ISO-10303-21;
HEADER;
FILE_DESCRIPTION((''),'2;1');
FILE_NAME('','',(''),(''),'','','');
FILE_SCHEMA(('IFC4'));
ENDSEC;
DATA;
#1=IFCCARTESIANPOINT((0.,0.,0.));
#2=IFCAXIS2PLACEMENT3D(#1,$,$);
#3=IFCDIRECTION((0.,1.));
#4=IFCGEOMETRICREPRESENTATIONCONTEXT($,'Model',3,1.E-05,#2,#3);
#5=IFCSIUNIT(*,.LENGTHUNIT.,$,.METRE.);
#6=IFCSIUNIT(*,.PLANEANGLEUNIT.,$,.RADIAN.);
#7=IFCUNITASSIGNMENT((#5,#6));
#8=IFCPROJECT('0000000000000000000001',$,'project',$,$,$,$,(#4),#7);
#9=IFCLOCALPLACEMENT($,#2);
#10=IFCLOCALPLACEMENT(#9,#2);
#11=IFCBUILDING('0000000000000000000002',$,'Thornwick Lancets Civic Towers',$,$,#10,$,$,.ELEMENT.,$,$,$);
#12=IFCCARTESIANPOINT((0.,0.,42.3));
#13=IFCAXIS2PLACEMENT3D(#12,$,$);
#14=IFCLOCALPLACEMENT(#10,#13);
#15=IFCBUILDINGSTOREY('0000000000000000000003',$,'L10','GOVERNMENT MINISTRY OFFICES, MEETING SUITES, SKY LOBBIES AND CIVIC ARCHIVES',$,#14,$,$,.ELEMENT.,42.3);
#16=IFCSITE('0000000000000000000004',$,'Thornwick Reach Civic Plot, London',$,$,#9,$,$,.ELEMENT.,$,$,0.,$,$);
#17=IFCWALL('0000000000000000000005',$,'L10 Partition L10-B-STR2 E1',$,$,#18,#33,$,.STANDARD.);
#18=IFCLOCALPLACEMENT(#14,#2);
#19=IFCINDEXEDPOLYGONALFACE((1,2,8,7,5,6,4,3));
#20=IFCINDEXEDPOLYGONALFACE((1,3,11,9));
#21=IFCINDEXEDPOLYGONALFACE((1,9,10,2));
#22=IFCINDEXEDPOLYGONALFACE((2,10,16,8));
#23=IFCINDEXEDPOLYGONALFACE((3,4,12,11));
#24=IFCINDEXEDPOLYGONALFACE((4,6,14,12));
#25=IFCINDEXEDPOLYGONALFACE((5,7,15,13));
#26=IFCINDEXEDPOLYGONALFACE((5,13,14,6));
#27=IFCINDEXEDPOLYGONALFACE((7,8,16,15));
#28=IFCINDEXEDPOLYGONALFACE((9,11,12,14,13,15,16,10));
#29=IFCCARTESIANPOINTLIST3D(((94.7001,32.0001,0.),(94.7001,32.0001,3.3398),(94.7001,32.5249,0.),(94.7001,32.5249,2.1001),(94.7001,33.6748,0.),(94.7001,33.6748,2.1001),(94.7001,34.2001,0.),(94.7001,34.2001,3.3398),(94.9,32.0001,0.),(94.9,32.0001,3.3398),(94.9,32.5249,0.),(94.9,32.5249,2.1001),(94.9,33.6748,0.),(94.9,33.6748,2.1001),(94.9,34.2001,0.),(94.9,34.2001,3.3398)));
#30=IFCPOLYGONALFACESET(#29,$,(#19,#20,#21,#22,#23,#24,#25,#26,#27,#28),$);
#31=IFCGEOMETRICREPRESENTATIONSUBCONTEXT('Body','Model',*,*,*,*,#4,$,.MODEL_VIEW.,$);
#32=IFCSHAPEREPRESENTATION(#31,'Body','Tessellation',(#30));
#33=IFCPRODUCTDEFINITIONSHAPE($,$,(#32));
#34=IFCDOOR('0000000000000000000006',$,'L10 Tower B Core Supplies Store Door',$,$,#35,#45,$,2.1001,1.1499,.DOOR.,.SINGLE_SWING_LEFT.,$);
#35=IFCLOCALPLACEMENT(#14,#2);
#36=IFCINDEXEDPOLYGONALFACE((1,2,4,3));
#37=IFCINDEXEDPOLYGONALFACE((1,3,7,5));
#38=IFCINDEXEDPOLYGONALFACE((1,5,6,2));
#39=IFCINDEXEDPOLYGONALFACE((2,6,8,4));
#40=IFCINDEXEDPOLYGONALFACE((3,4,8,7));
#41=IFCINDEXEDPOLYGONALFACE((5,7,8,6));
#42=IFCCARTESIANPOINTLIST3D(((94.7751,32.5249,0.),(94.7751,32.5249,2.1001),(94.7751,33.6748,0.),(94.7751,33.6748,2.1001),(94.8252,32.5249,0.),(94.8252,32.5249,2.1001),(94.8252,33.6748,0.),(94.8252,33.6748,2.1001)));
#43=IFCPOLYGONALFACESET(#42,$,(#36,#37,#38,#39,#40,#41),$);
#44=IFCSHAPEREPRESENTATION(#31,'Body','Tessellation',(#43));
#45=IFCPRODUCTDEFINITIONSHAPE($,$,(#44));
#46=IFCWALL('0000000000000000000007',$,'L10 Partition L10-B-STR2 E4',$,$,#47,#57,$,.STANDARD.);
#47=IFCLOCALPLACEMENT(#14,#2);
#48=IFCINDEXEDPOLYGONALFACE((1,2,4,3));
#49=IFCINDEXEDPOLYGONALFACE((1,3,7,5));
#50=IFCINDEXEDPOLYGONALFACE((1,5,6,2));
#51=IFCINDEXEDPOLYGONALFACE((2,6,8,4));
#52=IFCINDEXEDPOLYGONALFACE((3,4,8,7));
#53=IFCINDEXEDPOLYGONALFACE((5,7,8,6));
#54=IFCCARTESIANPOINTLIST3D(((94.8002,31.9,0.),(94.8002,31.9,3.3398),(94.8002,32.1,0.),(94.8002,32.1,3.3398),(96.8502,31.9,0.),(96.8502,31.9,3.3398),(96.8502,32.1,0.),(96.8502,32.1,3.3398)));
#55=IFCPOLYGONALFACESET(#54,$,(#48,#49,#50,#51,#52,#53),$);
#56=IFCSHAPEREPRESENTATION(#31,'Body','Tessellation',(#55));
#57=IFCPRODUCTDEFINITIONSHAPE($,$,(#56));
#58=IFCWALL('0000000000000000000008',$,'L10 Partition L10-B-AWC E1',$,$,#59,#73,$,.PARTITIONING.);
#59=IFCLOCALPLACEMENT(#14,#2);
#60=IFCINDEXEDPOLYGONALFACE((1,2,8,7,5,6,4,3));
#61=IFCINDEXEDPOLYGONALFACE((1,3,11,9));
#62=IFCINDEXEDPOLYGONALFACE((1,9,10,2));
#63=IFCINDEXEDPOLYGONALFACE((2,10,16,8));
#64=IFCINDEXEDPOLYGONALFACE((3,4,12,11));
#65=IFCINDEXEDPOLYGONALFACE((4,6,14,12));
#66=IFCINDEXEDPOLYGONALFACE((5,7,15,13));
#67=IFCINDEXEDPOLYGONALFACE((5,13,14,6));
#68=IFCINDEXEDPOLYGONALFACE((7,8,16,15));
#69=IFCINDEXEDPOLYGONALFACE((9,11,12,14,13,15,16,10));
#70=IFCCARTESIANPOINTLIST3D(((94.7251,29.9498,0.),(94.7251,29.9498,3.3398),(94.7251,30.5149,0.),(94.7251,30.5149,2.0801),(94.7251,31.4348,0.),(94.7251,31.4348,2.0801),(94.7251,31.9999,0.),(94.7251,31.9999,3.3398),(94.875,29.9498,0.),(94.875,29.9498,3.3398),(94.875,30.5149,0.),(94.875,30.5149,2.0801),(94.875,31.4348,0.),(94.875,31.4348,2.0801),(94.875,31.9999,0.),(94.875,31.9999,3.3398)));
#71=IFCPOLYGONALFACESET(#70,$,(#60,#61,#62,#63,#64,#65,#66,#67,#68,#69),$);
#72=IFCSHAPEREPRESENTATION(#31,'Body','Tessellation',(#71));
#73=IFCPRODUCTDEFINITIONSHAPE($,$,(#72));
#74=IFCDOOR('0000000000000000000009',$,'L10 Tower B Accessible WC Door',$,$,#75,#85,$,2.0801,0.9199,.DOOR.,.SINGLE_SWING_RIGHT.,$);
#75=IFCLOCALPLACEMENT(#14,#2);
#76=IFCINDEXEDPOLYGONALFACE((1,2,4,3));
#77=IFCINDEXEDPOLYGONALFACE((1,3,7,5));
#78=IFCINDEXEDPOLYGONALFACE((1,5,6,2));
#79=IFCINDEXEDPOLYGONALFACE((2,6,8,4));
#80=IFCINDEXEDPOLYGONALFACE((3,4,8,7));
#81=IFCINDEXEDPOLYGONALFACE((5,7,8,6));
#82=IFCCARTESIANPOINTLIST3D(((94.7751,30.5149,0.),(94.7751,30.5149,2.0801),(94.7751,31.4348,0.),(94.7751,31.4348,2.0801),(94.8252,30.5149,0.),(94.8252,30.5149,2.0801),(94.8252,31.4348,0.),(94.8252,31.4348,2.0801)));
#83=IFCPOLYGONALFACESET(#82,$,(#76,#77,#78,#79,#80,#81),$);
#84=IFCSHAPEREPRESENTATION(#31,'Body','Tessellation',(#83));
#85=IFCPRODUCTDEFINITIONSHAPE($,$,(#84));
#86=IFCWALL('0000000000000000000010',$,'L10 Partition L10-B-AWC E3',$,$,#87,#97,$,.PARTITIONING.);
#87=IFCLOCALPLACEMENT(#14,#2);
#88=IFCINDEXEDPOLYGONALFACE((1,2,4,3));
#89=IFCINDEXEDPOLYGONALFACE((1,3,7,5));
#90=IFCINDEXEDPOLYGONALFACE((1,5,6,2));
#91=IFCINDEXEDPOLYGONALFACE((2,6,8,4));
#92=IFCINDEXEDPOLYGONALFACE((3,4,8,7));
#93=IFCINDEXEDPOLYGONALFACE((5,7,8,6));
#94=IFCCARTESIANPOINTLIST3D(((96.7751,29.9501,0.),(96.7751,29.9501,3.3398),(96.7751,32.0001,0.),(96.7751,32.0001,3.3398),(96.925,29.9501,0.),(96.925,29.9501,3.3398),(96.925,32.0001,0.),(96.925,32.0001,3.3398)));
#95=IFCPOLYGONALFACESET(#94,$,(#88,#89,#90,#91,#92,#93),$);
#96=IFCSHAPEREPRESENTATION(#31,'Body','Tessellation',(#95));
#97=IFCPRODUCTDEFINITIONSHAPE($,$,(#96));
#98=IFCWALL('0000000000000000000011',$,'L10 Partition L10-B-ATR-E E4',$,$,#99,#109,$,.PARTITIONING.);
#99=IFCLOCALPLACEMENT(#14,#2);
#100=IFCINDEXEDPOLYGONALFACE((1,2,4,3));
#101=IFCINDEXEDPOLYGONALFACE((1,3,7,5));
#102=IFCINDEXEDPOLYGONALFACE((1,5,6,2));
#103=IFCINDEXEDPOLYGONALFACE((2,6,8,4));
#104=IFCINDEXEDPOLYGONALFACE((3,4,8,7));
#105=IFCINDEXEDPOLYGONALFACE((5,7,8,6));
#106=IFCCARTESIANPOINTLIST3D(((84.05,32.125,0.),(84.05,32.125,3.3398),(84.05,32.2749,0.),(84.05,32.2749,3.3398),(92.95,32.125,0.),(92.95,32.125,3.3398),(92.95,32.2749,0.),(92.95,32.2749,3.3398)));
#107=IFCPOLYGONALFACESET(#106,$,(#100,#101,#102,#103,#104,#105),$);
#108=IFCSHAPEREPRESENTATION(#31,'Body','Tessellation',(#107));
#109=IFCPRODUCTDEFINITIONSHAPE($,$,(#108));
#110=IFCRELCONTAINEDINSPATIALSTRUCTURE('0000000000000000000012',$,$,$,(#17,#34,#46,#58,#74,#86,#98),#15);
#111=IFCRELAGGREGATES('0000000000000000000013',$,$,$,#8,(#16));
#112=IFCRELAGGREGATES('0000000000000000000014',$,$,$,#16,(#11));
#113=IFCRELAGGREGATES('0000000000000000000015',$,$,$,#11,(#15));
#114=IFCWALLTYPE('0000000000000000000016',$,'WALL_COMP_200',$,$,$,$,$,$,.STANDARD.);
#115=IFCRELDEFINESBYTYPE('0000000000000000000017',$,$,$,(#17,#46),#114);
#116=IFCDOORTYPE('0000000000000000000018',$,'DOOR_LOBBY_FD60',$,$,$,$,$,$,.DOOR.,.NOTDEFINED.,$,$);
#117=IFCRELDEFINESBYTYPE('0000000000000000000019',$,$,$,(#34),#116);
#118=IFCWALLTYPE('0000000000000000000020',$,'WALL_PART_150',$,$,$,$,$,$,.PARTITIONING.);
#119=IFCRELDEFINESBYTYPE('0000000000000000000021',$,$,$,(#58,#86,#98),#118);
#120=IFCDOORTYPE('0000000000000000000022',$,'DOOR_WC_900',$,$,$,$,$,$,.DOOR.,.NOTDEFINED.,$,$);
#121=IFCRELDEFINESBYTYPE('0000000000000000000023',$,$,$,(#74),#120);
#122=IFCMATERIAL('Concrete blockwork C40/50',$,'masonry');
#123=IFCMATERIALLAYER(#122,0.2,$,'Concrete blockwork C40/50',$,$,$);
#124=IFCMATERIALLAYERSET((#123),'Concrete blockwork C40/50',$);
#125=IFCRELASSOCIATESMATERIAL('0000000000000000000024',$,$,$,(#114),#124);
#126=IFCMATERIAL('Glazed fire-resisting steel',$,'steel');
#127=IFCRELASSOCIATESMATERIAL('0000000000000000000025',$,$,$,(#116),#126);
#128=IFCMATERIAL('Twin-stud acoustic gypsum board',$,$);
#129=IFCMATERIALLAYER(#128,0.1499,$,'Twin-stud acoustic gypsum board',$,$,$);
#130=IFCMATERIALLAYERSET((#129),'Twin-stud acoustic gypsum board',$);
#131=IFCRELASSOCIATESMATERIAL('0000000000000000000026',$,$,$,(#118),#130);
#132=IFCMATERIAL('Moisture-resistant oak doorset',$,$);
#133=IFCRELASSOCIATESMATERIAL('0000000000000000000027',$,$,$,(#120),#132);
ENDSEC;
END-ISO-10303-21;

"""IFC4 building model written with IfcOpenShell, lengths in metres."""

from ifc_helpers import new_model, si_unit, direction, frame, frame_2d, origin, place, context, subcontext, project, spatial, rectangle, extrude, material, layer, layer_set, type_object, element, fill, save


model = new_model("IFC4")

# Units and contexts
model_context = context("Model", 3, precision=1e-05, world=origin(), true_north=direction((0.0, 1.0)))
body_context = subcontext(model_context, "Body", "Model", "MODEL_VIEW")
ifc_project = project(units=[si_unit("LENGTHUNIT", "METRE"), si_unit("PLANEANGLEUNIT", "RADIAN")], contexts=[model_context])

# Site, building, storey
site_placement = place(None, origin())
site = spatial("IfcSite", under=ifc_project, at=site_placement, Name="Thornwick Reach Civic Plot, London", CompositionType="ELEMENT", RefElevation=0.0)
building_placement = place(site_placement, origin())
building = spatial("IfcBuilding", under=site, at=building_placement, Name="Thornwick Lancets Civic Towers", CompositionType="ELEMENT")
storey_placement = place(building_placement, frame((0.0, 0.0, 42.3)))
storey = spatial("IfcBuildingStorey", under=building, at=storey_placement, Name="L10", Description="GOVERNMENT MINISTRY OFFICES, MEETING SUITES, SKY LOBBIES AND CIVIC ARCHIVES", CompositionType="ELEMENT", Elevation=42.3)

# Shared definitions
ifc_material_1 = material(Name="Concrete blockwork C40/50", Category="masonry")
ifc_layer_1 = layer(ifc_material_1, 0.2, Name="Concrete blockwork C40/50")
ifc_layer_set_1 = layer_set([ifc_layer_1], Name="Concrete blockwork C40/50")
wall_type_1 = type_object("IfcWallType", Name="WALL_COMP_200", PredefinedType="STANDARD", material=ifc_layer_set_1)

# Wall, opening, door
wall_1_placement = place(storey_placement, frame((94.8, 32.0, 0.0), z_axis=(0.0, 0.0, 1.0), x_axis=(0.0, 1.0, 0.0)))
wall_1 = element("IfcWall", 1, at=wall_1_placement, inside=storey, type_object=wall_type_1, Name="L10 Partition L10-B-STR2 E1", PredefinedType="STANDARD", context=body_context, shape_type="SweptSolid", body=[
    extrude(rectangle(XDim=2.2, YDim=0.2, at=frame_2d((1.1001, 0.0))), origin(), (0.0, 0.0, 1.0), 3.3398),
])
opening_1_placement = place(wall_1_placement, frame((0.5249, 0.0, 0.0)))
opening_1 = element("IfcOpeningElement", 2, at=opening_1_placement, cuts=wall_1, PredefinedType="OPENING", context=body_context, shape_type="SweptSolid", body=[
    extrude(rectangle(XDim=1.1499, YDim=2.1001, at=frame_2d((0.575, 1.05))), frame((0.0, 0.1099, 0.0), z_axis=(0.0, -1.0, 0.0), x_axis=(1.0, 0.0, 0.0)), (0.0, 0.0, 1.0), 0.22),
])
ifc_material_2 = material(Name="Glazed fire-resisting steel", Category="steel")
door_type_1 = type_object("IfcDoorType", Name="DOOR_LOBBY_FD60", OperationType="NOTDEFINED", PredefinedType="DOOR", material=ifc_material_2)
door_1_placement = place(opening_1_placement, origin())
door_1 = element("IfcDoor", 3, at=door_1_placement, inside=storey, type_object=door_type_1, Name="L10 Tower B Core Supplies Store Door", OperationType="SINGLE_SWING_LEFT", OverallHeight=2.1001, OverallWidth=1.1499, PredefinedType="DOOR", context=body_context, shape_type="SweptSolid", body=[
    extrude(rectangle(XDim=1.1499, YDim=2.1001, at=frame_2d((0.575, 1.05))), frame((0.0, 0.0249, 0.0), z_axis=(0.0, -1.0, 0.0), x_axis=(1.0, 0.0, 0.0)), (0.0, 0.0, 1.0), 0.05),
])
fill(opening_1, door_1)

# Wall
wall_2_placement = place(storey_placement, frame((96.8501, 32.0, 0.0), z_axis=(0.0, 0.0, 1.0), x_axis=(-1.0, 0.0, 0.0)))
element("IfcWall", 4, at=wall_2_placement, inside=storey, type_object=wall_type_1, Name="L10 Partition L10-B-STR2 E4", PredefinedType="STANDARD", context=body_context, shape_type="SweptSolid", body=[
    extrude(rectangle(XDim=2.05, YDim=0.2, at=frame_2d((1.0249, 0.0))), origin(), (0.0, 0.0, 1.0), 3.3398),
])

# Wall, opening, door
ifc_material_3 = material(Name="Twin-stud acoustic gypsum board")
ifc_layer_2 = layer(ifc_material_3, 0.1499, Name="Twin-stud acoustic gypsum board")
ifc_layer_set_2 = layer_set([ifc_layer_2], Name="Twin-stud acoustic gypsum board")
wall_type_2 = type_object("IfcWallType", Name="WALL_PART_150", PredefinedType="PARTITIONING", material=ifc_layer_set_2)
wall_3_placement = place(storey_placement, frame((94.8, 29.95, 0.0), z_axis=(0.0, 0.0, 1.0), x_axis=(0.0, 1.0, 0.0)))
wall_3 = element("IfcWall", 5, at=wall_3_placement, inside=storey, type_object=wall_type_2, Name="L10 Partition L10-B-AWC E1", PredefinedType="PARTITIONING", context=body_context, shape_type="SweptSolid", body=[
    extrude(rectangle(XDim=2.05, YDim=0.1499, at=frame_2d((1.0249, 0.0))), origin(), (0.0, 0.0, 1.0), 3.3398),
])
opening_2_placement = place(wall_3_placement, frame((0.5649, 0.0, 0.0)))
opening_2 = element("IfcOpeningElement", 6, at=opening_2_placement, cuts=wall_3, PredefinedType="OPENING", context=body_context, shape_type="SweptSolid", body=[
    extrude(rectangle(XDim=0.9199, YDim=2.0801, at=frame_2d((0.46, 1.04))), frame((0.0, 0.085, 0.0), z_axis=(0.0, -1.0, 0.0), x_axis=(1.0, 0.0, 0.0)), (0.0, 0.0, 1.0), 0.1699),
])
ifc_material_4 = material(Name="Moisture-resistant oak doorset")
door_type_2 = type_object("IfcDoorType", Name="DOOR_WC_900", OperationType="NOTDEFINED", PredefinedType="DOOR", material=ifc_material_4)
door_2_placement = place(opening_2_placement, origin())
door_2 = element("IfcDoor", 7, at=door_2_placement, inside=storey, type_object=door_type_2, Name="L10 Tower B Accessible WC Door", OperationType="SINGLE_SWING_RIGHT", OverallHeight=2.0801, OverallWidth=0.9199, PredefinedType="DOOR", context=body_context, shape_type="SweptSolid", body=[
    extrude(rectangle(XDim=0.9199, YDim=2.0801, at=frame_2d((0.46, 1.04))), frame((0.0, 0.0249, 0.0), z_axis=(0.0, -1.0, 0.0), x_axis=(1.0, 0.0, 0.0)), (0.0, 0.0, 1.0), 0.05),
])
fill(opening_2, door_2)

# Walls
wall_4_placement = place(storey_placement, frame((96.8501, 32.0, 0.0), z_axis=(0.0, 0.0, 1.0), x_axis=(0.0, -1.0, 0.0)))
element("IfcWall", 8, at=wall_4_placement, inside=storey, type_object=wall_type_2, Name="L10 Partition L10-B-AWC E3", PredefinedType="PARTITIONING", context=body_context, shape_type="SweptSolid", body=[
    extrude(rectangle(XDim=2.05, YDim=0.1499, at=frame_2d((1.0249, 0.0))), origin(), (0.0, 0.0, 1.0), 3.3398),
])
wall_5_placement = place(storey_placement, frame((92.95, 32.2, 0.0), z_axis=(0.0, 0.0, 1.0), x_axis=(-1.0, 0.0, 0.0)))
element("IfcWall", 9, at=wall_5_placement, inside=storey, type_object=wall_type_2, Name="L10 Partition L10-B-ATR-E E4", PredefinedType="PARTITIONING", context=body_context, shape_type="SweptSolid", body=[
    extrude(rectangle(XDim=8.8999, YDim=0.1499, at=frame_2d((4.45, 0.0))), origin(), (0.0, 0.0, 1.0), 3.3398),
])

save(model, "model.ifc")
